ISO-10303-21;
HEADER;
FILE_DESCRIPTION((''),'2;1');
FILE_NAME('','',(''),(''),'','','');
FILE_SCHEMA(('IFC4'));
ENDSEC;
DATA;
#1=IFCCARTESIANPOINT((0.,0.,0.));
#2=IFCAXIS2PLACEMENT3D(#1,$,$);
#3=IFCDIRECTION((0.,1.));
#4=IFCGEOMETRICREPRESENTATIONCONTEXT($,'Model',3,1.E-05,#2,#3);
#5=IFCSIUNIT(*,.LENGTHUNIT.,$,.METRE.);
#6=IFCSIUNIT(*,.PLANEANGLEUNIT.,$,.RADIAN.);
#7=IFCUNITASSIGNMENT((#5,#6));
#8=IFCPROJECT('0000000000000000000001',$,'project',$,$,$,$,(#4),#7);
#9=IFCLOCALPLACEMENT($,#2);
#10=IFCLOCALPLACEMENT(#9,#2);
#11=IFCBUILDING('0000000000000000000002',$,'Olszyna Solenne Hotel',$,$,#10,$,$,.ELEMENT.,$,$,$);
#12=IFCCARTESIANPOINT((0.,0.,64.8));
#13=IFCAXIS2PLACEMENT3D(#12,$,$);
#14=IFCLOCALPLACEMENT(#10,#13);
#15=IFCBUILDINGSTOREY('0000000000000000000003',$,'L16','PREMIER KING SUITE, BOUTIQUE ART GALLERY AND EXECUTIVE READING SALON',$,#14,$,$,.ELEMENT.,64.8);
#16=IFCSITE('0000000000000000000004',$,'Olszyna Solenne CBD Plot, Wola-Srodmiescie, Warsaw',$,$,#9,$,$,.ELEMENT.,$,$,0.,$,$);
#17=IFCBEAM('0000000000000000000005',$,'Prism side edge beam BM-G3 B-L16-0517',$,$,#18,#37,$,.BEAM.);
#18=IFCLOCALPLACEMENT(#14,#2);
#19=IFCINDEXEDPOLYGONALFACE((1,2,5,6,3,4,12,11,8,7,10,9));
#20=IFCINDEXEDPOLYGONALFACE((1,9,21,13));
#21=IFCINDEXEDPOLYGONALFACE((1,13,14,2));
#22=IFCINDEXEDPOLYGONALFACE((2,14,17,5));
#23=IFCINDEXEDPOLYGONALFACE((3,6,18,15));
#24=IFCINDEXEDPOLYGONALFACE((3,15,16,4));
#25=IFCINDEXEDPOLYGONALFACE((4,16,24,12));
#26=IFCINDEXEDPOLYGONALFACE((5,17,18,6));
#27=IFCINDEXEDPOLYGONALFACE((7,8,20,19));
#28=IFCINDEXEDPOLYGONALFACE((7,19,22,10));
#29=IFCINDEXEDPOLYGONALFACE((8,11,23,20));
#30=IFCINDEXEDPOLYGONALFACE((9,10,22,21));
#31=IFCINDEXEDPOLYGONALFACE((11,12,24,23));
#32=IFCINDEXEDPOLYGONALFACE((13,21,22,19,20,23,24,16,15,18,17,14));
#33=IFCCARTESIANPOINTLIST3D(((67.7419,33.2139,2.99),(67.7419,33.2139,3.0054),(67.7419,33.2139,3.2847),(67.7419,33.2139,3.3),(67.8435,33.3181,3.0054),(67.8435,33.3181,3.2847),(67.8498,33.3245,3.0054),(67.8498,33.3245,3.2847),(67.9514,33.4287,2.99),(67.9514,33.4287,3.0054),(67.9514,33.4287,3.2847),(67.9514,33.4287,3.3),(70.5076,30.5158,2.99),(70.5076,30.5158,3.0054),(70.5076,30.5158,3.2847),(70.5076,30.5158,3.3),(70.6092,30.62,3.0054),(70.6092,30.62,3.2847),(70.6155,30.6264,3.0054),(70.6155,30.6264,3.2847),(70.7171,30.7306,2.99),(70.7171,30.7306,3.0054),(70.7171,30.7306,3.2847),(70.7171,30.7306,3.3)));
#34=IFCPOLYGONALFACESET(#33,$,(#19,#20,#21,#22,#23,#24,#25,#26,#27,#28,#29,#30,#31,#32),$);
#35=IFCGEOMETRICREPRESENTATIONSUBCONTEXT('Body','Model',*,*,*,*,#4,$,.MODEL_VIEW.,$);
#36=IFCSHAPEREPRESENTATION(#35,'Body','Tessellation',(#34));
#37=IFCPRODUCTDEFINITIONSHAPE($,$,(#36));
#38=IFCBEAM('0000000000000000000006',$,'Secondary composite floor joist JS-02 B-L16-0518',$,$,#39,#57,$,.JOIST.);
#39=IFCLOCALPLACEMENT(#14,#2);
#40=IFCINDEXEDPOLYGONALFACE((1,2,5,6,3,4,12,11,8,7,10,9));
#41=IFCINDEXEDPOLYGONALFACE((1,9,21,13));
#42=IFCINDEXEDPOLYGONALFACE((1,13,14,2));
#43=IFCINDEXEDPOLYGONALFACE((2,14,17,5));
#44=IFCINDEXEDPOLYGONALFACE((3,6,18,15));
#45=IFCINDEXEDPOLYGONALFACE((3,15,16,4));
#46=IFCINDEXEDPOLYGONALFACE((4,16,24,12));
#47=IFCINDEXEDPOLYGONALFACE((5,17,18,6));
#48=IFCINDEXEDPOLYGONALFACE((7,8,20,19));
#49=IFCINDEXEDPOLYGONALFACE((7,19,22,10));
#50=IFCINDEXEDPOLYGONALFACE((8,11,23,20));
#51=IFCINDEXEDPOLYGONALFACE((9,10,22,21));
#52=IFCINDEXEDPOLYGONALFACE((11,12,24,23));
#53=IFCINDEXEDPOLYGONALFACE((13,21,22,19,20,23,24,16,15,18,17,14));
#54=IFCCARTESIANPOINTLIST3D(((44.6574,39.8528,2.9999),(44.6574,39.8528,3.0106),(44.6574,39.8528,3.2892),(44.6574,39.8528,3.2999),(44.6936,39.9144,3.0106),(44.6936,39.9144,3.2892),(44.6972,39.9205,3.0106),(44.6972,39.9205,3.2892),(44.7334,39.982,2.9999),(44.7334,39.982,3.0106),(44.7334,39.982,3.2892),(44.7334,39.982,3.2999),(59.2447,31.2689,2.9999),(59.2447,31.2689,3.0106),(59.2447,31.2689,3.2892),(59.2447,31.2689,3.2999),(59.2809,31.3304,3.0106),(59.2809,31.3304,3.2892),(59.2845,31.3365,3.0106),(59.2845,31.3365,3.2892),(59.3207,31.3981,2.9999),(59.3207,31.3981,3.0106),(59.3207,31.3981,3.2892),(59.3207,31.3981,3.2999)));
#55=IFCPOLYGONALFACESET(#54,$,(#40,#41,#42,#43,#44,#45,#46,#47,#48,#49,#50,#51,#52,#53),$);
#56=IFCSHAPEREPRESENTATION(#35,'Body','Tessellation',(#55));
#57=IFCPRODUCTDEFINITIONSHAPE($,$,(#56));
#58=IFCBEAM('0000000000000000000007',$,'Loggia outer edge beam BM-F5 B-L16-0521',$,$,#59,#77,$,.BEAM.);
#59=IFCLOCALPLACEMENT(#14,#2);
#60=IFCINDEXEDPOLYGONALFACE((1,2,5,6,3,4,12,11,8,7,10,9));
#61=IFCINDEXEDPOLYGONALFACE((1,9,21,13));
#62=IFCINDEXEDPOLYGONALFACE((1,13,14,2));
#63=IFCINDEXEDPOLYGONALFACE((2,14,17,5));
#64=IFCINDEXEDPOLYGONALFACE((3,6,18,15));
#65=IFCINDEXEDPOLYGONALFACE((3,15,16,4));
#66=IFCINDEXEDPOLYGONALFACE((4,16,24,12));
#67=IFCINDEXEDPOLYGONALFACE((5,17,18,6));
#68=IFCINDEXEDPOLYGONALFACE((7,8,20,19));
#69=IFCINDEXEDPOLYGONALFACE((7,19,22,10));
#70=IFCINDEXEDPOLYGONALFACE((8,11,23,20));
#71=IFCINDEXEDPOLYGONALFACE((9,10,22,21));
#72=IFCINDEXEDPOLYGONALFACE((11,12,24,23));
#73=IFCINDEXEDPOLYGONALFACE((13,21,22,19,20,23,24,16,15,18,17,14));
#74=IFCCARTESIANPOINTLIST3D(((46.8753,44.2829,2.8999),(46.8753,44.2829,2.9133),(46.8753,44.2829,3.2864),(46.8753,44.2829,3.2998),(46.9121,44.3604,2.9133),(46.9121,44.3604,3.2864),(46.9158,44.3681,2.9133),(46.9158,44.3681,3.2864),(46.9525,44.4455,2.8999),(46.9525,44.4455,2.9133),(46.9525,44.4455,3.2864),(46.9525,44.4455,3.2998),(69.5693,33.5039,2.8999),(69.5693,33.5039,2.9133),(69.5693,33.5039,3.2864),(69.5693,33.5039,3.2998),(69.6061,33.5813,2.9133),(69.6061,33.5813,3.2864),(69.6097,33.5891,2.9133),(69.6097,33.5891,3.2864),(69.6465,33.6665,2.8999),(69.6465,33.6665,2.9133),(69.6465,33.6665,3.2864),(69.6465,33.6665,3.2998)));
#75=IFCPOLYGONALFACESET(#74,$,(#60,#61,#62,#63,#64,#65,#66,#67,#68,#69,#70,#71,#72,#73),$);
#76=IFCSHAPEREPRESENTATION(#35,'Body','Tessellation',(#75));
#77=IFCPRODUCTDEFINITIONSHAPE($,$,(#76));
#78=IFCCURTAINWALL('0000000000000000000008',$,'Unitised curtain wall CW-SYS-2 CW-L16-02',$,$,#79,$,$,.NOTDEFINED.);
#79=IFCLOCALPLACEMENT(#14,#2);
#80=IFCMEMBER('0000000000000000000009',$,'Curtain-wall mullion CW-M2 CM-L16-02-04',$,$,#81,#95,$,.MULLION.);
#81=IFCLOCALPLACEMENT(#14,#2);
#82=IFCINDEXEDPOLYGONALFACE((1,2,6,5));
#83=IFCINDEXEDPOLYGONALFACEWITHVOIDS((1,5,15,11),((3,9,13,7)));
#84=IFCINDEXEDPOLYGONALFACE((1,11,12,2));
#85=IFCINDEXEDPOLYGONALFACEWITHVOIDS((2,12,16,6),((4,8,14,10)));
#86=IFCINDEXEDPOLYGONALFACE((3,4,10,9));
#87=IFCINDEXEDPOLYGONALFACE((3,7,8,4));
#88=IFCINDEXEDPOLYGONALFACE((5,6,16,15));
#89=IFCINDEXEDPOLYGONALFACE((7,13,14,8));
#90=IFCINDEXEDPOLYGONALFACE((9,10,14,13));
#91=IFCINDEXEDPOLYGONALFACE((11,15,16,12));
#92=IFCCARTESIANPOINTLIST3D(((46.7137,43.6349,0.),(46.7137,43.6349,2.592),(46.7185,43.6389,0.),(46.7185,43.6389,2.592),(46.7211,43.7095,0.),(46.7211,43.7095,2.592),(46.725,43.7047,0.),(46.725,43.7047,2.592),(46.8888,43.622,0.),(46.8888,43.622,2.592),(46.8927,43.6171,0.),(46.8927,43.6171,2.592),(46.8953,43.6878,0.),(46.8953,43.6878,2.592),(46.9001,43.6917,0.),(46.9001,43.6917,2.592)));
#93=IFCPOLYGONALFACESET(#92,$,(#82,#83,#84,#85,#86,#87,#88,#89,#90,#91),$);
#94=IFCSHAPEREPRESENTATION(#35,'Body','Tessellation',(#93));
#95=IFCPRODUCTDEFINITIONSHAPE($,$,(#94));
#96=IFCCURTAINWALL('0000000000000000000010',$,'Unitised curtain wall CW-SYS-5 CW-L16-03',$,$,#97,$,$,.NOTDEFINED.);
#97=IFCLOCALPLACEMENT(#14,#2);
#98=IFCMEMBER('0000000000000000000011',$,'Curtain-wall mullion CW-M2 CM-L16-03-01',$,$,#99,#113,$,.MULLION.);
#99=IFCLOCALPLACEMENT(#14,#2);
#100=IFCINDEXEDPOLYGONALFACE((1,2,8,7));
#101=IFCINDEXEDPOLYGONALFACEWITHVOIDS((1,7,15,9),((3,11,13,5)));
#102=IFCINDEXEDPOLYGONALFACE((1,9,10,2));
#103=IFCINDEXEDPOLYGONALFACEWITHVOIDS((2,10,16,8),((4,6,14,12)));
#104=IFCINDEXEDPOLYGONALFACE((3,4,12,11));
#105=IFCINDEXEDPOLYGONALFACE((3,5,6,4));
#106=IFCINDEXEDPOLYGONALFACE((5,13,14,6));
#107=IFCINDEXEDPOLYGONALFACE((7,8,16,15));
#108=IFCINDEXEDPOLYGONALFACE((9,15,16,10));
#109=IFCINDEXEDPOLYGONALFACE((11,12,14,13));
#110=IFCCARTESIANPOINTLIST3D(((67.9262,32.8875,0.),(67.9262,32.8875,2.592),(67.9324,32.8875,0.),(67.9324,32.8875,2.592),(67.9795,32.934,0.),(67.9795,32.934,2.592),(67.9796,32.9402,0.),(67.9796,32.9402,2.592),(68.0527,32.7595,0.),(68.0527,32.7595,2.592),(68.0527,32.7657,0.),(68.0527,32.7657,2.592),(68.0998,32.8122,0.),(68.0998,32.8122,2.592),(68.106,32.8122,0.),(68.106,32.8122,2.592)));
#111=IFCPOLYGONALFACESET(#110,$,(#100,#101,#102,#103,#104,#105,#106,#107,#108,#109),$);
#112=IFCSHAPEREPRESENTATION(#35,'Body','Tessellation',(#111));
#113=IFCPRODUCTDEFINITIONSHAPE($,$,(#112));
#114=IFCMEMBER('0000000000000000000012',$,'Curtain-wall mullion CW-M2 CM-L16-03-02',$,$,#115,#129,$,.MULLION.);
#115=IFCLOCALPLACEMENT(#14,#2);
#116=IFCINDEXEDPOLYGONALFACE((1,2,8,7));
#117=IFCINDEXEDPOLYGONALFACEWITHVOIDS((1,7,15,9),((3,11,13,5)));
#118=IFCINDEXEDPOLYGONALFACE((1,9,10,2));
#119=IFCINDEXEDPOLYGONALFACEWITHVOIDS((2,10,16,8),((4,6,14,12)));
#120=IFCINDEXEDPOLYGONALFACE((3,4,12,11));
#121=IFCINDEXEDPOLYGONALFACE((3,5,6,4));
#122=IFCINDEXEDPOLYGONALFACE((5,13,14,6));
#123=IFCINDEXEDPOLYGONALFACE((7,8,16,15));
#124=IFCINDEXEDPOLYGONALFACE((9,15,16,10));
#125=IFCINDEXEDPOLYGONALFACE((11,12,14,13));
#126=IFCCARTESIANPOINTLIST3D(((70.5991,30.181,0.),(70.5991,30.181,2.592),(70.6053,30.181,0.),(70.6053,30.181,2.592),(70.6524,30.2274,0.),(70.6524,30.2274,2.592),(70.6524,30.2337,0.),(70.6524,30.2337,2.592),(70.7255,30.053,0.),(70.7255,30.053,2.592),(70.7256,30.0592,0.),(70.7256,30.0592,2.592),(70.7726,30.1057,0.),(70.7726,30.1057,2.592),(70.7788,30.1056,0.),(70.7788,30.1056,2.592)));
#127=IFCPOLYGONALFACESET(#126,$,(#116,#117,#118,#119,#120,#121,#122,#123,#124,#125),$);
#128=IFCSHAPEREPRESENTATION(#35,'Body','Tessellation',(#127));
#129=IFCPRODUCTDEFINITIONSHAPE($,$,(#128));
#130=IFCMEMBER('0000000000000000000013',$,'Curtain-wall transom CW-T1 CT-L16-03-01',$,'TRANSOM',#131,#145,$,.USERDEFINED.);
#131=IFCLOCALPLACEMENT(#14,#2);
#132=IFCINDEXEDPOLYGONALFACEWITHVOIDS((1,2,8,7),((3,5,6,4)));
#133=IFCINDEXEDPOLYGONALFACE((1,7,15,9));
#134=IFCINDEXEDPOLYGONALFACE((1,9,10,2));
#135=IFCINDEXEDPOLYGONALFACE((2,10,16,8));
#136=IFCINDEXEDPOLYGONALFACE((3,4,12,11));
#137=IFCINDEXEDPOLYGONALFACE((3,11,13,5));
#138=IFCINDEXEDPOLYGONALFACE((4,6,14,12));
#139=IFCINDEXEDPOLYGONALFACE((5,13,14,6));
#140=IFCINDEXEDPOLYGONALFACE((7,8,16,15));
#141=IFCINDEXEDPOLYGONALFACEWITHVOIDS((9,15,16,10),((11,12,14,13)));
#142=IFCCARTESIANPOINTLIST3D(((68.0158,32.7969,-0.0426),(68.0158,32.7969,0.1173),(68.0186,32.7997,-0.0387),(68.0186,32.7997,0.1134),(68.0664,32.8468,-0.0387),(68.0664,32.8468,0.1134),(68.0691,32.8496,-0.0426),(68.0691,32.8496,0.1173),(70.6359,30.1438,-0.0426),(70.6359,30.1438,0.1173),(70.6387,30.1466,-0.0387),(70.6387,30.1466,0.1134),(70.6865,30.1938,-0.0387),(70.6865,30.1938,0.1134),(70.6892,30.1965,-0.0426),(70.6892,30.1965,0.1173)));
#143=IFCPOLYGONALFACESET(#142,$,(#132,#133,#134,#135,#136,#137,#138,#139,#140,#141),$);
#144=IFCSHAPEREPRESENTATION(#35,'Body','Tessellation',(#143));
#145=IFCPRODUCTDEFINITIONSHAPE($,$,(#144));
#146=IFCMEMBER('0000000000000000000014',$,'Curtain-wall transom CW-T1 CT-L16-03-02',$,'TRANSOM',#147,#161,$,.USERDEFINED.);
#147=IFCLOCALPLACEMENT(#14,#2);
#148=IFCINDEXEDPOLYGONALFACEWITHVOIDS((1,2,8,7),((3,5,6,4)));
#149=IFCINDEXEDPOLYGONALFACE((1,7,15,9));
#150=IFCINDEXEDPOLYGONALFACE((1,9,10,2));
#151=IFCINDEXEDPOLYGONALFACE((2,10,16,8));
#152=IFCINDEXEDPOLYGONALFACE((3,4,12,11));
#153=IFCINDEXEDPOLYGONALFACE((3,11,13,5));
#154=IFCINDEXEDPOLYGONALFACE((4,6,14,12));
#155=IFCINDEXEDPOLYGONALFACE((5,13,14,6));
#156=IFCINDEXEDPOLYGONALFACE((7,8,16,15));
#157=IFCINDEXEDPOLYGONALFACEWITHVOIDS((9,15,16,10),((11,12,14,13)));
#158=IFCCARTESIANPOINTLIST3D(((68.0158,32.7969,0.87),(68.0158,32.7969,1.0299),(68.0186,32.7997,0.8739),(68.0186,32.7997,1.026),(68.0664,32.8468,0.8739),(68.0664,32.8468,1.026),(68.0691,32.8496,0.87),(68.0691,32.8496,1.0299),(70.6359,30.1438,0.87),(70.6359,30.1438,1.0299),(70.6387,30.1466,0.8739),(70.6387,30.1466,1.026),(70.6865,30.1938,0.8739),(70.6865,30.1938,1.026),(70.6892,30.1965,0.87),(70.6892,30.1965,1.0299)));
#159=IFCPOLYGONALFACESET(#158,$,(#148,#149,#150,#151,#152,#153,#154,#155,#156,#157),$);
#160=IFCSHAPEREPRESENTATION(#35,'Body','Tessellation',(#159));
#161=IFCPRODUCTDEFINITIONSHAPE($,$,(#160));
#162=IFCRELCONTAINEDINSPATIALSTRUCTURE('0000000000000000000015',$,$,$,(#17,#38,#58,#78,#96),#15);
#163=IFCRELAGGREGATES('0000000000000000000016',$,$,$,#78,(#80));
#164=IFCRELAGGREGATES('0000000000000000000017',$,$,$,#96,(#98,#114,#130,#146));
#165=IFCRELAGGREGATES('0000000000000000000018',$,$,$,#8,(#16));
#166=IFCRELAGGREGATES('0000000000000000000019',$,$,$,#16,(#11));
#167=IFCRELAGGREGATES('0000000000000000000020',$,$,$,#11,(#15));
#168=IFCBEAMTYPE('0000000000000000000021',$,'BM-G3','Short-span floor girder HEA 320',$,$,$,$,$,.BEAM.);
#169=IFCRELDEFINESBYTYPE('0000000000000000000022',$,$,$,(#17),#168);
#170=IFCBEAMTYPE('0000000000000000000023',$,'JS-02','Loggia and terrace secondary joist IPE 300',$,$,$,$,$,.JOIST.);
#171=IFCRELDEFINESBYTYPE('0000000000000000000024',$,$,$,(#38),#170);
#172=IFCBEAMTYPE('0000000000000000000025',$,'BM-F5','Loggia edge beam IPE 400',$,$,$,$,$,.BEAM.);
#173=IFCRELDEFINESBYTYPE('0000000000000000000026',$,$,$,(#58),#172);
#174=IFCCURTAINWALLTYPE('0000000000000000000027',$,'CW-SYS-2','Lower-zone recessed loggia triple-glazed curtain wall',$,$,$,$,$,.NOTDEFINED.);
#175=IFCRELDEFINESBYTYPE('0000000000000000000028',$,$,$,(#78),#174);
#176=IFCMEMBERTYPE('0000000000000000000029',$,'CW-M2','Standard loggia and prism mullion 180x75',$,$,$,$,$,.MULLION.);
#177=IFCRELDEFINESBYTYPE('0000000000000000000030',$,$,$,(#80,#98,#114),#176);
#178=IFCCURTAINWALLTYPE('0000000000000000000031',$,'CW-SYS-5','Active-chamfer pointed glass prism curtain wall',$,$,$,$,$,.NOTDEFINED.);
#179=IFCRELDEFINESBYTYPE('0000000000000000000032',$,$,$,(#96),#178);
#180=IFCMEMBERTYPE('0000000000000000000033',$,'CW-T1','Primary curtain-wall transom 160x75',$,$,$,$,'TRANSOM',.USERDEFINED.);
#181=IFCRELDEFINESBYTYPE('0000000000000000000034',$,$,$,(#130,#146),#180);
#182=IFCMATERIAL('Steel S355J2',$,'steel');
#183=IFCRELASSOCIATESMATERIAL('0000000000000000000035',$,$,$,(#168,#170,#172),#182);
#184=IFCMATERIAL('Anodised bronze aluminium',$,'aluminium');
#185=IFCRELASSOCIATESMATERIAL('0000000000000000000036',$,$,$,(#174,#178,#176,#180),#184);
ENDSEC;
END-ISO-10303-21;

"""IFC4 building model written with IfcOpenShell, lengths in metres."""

from ifc_helpers import new_model, si_unit, direction, frame, origin, origin_2d, place, context, subcontext, project, spatial, hollow_rectangle, i_section, extrude, source, transform, mapped, material, material_profile, profile_set, type_object, element, aggregate, save


model = new_model("IFC4")

# Units and contexts
model_context = context("Model", 3, precision=1e-05, world=origin(), true_north=direction((0.0, 1.0)))
body_context = subcontext(model_context, "Body", "Model", "MODEL_VIEW")
ifc_project = project(units=[si_unit("LENGTHUNIT", "METRE"), si_unit("PLANEANGLEUNIT", "RADIAN")], contexts=[model_context])

# Site, building, storey
site_placement = place(None, origin())
site = spatial("IfcSite", under=ifc_project, at=site_placement, Name="Olszyna Solenne CBD Plot, Wola-Srodmiescie, Warsaw", CompositionType="ELEMENT", RefElevation=0.0)
building_placement = place(site_placement, origin())
building = spatial("IfcBuilding", under=site, at=building_placement, Name="Olszyna Solenne Hotel", CompositionType="ELEMENT")
storey_placement = place(building_placement, frame((0.0, 0.0, 64.8)))
storey = spatial("IfcBuildingStorey", under=building, at=storey_placement, Name="L16", Description="PREMIER KING SUITE, BOUTIQUE ART GALLERY AND EXECUTIVE READING SALON", CompositionType="ELEMENT", Elevation=64.8)

# Beams
ifc_material_1 = material(Name="Steel S355J2", Category="steel")
ifc_material_profile_1 = material_profile(ifc_material_1, i_section(OverallWidth=0.3, OverallDepth=0.3101, WebThickness=0.009, FlangeThickness=0.0154, at=origin_2d()), Name="HEA 320", Category="load-bearing")
ifc_profile_set_1 = profile_set([ifc_material_profile_1], Name="Steel S355J2")
beam_type_1 = type_object("IfcBeamType", Name="BM-G3", Description="Short-span floor girder HEA 320", PredefinedType="BEAM", material=ifc_profile_set_1)
shared_shape_1 = source(origin(), body_context, "Body", "SweptSolid", [
    extrude(i_section(OverallWidth=0.3, OverallDepth=0.3101, WebThickness=0.009, FlangeThickness=0.0154, at=origin_2d()), origin(), (0.0, 0.0, 1.0), 3.8638),
])
beam_1_placement = place(storey_placement, frame((67.8467, 33.3213, 3.145), z_axis=(0.715804, -0.698301, 0.0), x_axis=(0.698301, 0.715804, 0.0)))
element("IfcBeam", 1, at=beam_1_placement, inside=storey, type_object=beam_type_1, Name="Prism side edge beam BM-G3 B-L16-0517", PredefinedType="BEAM", context=body_context, shape_type="MappedRepresentation", body=[
    mapped(shared_shape_1, transform((0.0, 0.0, 0.0), x_axis=(1.0, 0.0, 0.0), y_axis=(0.0, 1.0, 0.0), z_axis=(0.0, 0.0, 1.0), scale=1.0)),
])
ifc_material_profile_2 = material_profile(ifc_material_1, i_section(OverallWidth=0.1499, OverallDepth=0.3, WebThickness=0.0071, FlangeThickness=0.0107, at=origin_2d()), Name="IPE 300", Category="load-bearing")
ifc_profile_set_2 = profile_set([ifc_material_profile_2], Name="Steel S355J2")
beam_type_2 = type_object("IfcBeamType", Name="JS-02", Description="Loggia and terrace secondary joist IPE 300", PredefinedType="JOIST", material=ifc_profile_set_2)
shared_shape_2 = source(origin(), body_context, "Body", "SweptSolid", [
    extrude(i_section(OverallWidth=0.1499, OverallDepth=0.3, WebThickness=0.0071, FlangeThickness=0.0107, at=origin_2d()), origin(), (0.0, 0.0, 1.0), 16.9255),
])
beam_2_placement = place(storey_placement, frame((59.2827, 31.3335, 3.1499), z_axis=(-0.861853, 0.507159, 0.0), x_axis=(-0.507159, -0.861853, 0.0)))
element("IfcBeam", 2, at=beam_2_placement, inside=storey, type_object=beam_type_2, Name="Secondary composite floor joist JS-02 B-L16-0518", PredefinedType="JOIST", context=body_context, shape_type="MappedRepresentation", body=[
    mapped(shared_shape_2, transform((0.0, 0.0, 0.0), x_axis=(1.0, 0.0, 0.0), y_axis=(0.0, 1.0, 0.0), z_axis=(0.0, 0.0, 1.0), scale=1.0)),
])
ifc_material_profile_3 = material_profile(ifc_material_1, i_section(OverallWidth=0.1799, OverallDepth=0.3999, WebThickness=0.0085, FlangeThickness=0.0134, at=origin_2d()), Name="IPE 400", Category="load-bearing")
ifc_profile_set_3 = profile_set([ifc_material_profile_3], Name="Steel S355J2")
beam_type_3 = type_object("IfcBeamType", Name="BM-F5", Description="Loggia edge beam IPE 400", PredefinedType="BEAM", material=ifc_profile_set_3)
shared_shape_3 = source(origin(), body_context, "Body", "SweptSolid", [
    extrude(i_section(OverallWidth=0.1799, OverallDepth=0.3999, WebThickness=0.0085, FlangeThickness=0.0134, at=origin_2d()), origin(), (0.0, 0.0, 1.0), 25.1238),
])
beam_3_placement = place(storey_placement, frame((69.6079, 33.5852, 3.0999), z_axis=(-0.903287, 0.429036, 0.0), x_axis=(-0.429036, -0.903287, 0.0)))
element("IfcBeam", 3, at=beam_3_placement, inside=storey, type_object=beam_type_3, Name="Loggia outer edge beam BM-F5 B-L16-0521", PredefinedType="BEAM", context=body_context, shape_type="MappedRepresentation", body=[
    mapped(shared_shape_3, transform((0.0, 0.0, 0.0), x_axis=(1.0, 0.0, 0.0), y_axis=(0.0, 1.0, 0.0), z_axis=(0.0, 0.0, 1.0), scale=1.0)),
])

# Curtain wall, member
ifc_material_2 = material(Name="Anodised bronze aluminium", Category="aluminium")
curtain_wall_type_1 = type_object("IfcCurtainWallType", Name="CW-SYS-2", Description="Lower-zone recessed loggia triple-glazed curtain wall", PredefinedType="NOTDEFINED", material=ifc_material_2)
curtain_wall_1_placement = place(storey_placement, origin())
curtain_wall_1 = element("IfcCurtainWall", 4, at=curtain_wall_1_placement, inside=storey, type_object=curtain_wall_type_1, Name="Unitised curtain wall CW-SYS-2 CW-L16-02", PredefinedType="NOTDEFINED")
ifc_material_profile_4 = material_profile(ifc_material_2, hollow_rectangle(XDim=0.075, YDim=0.1799, WallThickness=0.0044, at=origin_2d()), Name="MULL 180x75x4.5", Category="load-bearing")
ifc_profile_set_4 = profile_set([ifc_material_profile_4], Name="Anodised bronze aluminium")
member_type_1 = type_object("IfcMemberType", Name="CW-M2", Description="Standard loggia and prism mullion 180x75", PredefinedType="MULLION", material=ifc_profile_set_4)
shared_shape_4 = source(origin(), body_context, "Body", "SweptSolid", [
    extrude(hollow_rectangle(XDim=0.075, YDim=0.1799, WallThickness=0.0044, at=origin_2d()), origin(), (0.0, 0.0, 1.0), 2.592),
])
member_1_placement = place(storey_placement, frame((46.8069, 43.6633, 0.0), z_axis=(0.0, 0.0, 1.0), x_axis=(0.098865, 0.995101, 0.0)))
member_1 = element("IfcMember", 5, at=member_1_placement, type_object=member_type_1, Name="Curtain-wall mullion CW-M2 CM-L16-02-04", PredefinedType="MULLION", context=body_context, shape_type="MappedRepresentation", body=[
    mapped(shared_shape_4, transform((0.0, 0.0, 0.0), x_axis=(1.0, 0.0, 0.0), y_axis=(0.0, 1.0, 0.0), z_axis=(0.0, 0.0, 1.0), scale=1.0)),
])
aggregate(curtain_wall_1, [member_1])

# Curtain wall, members
curtain_wall_type_2 = type_object("IfcCurtainWallType", Name="CW-SYS-5", Description="Active-chamfer pointed glass prism curtain wall", PredefinedType="NOTDEFINED", material=ifc_material_2)
curtain_wall_2_placement = place(storey_placement, origin())
curtain_wall_2 = element("IfcCurtainWall", 6, at=curtain_wall_2_placement, inside=storey, type_object=curtain_wall_type_2, Name="Unitised curtain wall CW-SYS-5 CW-L16-03", PredefinedType="NOTDEFINED")
member_2_placement = place(storey_placement, frame((68.0161, 32.8499, 0.0), z_axis=(0.0, 0.0, 1.0), x_axis=(0.711527, 0.702659, 0.0)))
member_2 = element("IfcMember", 7, at=member_2_placement, type_object=member_type_1, Name="Curtain-wall mullion CW-M2 CM-L16-03-01", PredefinedType="MULLION", context=body_context, shape_type="MappedRepresentation", body=[
    mapped(shared_shape_4, transform((0.0, 0.0, 0.0), x_axis=(1.0, 0.0, 0.0), y_axis=(0.0, 1.0, 0.0), z_axis=(0.0, 0.0, 1.0), scale=1.0)),
])
member_3_placement = place(storey_placement, frame((70.689, 30.1433, 0.0), z_axis=(0.0, 0.0, 1.0), x_axis=(0.711527, 0.702659, 0.0)))
member_3 = element("IfcMember", 8, at=member_3_placement, type_object=member_type_1, Name="Curtain-wall mullion CW-M2 CM-L16-03-02", PredefinedType="MULLION", context=body_context, shape_type="MappedRepresentation", body=[
    mapped(shared_shape_4, transform((0.0, 0.0, 0.0), x_axis=(1.0, 0.0, 0.0), y_axis=(0.0, 1.0, 0.0), z_axis=(0.0, 0.0, 1.0), scale=1.0)),
])
ifc_material_profile_5 = material_profile(ifc_material_2, hollow_rectangle(XDim=0.075, YDim=0.1599, WallThickness=0.0039, at=origin_2d()), Name="TRAN 160x75x4", Category="load-bearing")
ifc_profile_set_5 = profile_set([ifc_material_profile_5], Name="Anodised bronze aluminium")
member_type_2 = type_object("IfcMemberType", Name="CW-T1", Description="Primary curtain-wall transom 160x75", ElementType="TRANSOM", PredefinedType="USERDEFINED", material=ifc_profile_set_5)
shared_shape_5 = source(origin(), body_context, "Body", "SweptSolid", [
    extrude(hollow_rectangle(XDim=0.075, YDim=0.1599, WallThickness=0.0039, at=origin_2d()), origin(), (0.0, 0.0, 1.0), 3.7288),
])
member_4_placement = place(storey_placement, frame((68.0425, 32.8232, 0.0374), z_axis=(0.702673, -0.711513, 0.0), x_axis=(0.711513, 0.702673, 0.0)))
member_4 = element("IfcMember", 9, at=member_4_placement, type_object=member_type_2, Name="Curtain-wall transom CW-T1 CT-L16-03-01", ObjectType="TRANSOM", PredefinedType="USERDEFINED", context=body_context, shape_type="MappedRepresentation", body=[
    mapped(shared_shape_5, transform((0.0, 0.0, 0.0), x_axis=(1.0, 0.0, 0.0), y_axis=(0.0, 1.0, 0.0), z_axis=(0.0, 0.0, 1.0), scale=1.0)),
])
member_5_placement = place(storey_placement, frame((68.0425, 32.8232, 0.95), z_axis=(0.702673, -0.711513, 0.0), x_axis=(0.711513, 0.702673, 0.0)))
member_5 = element("IfcMember", 10, at=member_5_placement, type_object=member_type_2, Name="Curtain-wall transom CW-T1 CT-L16-03-02", ObjectType="TRANSOM", PredefinedType="USERDEFINED", context=body_context, shape_type="MappedRepresentation", body=[
    mapped(shared_shape_5, transform((0.0, 0.0, 0.0), x_axis=(1.0, 0.0, 0.0), y_axis=(0.0, 1.0, 0.0), z_axis=(0.0, 0.0, 1.0), scale=1.0)),
])

aggregate(curtain_wall_2, [member_2, member_3, member_4, member_5])

save(model, "model.ifc")
